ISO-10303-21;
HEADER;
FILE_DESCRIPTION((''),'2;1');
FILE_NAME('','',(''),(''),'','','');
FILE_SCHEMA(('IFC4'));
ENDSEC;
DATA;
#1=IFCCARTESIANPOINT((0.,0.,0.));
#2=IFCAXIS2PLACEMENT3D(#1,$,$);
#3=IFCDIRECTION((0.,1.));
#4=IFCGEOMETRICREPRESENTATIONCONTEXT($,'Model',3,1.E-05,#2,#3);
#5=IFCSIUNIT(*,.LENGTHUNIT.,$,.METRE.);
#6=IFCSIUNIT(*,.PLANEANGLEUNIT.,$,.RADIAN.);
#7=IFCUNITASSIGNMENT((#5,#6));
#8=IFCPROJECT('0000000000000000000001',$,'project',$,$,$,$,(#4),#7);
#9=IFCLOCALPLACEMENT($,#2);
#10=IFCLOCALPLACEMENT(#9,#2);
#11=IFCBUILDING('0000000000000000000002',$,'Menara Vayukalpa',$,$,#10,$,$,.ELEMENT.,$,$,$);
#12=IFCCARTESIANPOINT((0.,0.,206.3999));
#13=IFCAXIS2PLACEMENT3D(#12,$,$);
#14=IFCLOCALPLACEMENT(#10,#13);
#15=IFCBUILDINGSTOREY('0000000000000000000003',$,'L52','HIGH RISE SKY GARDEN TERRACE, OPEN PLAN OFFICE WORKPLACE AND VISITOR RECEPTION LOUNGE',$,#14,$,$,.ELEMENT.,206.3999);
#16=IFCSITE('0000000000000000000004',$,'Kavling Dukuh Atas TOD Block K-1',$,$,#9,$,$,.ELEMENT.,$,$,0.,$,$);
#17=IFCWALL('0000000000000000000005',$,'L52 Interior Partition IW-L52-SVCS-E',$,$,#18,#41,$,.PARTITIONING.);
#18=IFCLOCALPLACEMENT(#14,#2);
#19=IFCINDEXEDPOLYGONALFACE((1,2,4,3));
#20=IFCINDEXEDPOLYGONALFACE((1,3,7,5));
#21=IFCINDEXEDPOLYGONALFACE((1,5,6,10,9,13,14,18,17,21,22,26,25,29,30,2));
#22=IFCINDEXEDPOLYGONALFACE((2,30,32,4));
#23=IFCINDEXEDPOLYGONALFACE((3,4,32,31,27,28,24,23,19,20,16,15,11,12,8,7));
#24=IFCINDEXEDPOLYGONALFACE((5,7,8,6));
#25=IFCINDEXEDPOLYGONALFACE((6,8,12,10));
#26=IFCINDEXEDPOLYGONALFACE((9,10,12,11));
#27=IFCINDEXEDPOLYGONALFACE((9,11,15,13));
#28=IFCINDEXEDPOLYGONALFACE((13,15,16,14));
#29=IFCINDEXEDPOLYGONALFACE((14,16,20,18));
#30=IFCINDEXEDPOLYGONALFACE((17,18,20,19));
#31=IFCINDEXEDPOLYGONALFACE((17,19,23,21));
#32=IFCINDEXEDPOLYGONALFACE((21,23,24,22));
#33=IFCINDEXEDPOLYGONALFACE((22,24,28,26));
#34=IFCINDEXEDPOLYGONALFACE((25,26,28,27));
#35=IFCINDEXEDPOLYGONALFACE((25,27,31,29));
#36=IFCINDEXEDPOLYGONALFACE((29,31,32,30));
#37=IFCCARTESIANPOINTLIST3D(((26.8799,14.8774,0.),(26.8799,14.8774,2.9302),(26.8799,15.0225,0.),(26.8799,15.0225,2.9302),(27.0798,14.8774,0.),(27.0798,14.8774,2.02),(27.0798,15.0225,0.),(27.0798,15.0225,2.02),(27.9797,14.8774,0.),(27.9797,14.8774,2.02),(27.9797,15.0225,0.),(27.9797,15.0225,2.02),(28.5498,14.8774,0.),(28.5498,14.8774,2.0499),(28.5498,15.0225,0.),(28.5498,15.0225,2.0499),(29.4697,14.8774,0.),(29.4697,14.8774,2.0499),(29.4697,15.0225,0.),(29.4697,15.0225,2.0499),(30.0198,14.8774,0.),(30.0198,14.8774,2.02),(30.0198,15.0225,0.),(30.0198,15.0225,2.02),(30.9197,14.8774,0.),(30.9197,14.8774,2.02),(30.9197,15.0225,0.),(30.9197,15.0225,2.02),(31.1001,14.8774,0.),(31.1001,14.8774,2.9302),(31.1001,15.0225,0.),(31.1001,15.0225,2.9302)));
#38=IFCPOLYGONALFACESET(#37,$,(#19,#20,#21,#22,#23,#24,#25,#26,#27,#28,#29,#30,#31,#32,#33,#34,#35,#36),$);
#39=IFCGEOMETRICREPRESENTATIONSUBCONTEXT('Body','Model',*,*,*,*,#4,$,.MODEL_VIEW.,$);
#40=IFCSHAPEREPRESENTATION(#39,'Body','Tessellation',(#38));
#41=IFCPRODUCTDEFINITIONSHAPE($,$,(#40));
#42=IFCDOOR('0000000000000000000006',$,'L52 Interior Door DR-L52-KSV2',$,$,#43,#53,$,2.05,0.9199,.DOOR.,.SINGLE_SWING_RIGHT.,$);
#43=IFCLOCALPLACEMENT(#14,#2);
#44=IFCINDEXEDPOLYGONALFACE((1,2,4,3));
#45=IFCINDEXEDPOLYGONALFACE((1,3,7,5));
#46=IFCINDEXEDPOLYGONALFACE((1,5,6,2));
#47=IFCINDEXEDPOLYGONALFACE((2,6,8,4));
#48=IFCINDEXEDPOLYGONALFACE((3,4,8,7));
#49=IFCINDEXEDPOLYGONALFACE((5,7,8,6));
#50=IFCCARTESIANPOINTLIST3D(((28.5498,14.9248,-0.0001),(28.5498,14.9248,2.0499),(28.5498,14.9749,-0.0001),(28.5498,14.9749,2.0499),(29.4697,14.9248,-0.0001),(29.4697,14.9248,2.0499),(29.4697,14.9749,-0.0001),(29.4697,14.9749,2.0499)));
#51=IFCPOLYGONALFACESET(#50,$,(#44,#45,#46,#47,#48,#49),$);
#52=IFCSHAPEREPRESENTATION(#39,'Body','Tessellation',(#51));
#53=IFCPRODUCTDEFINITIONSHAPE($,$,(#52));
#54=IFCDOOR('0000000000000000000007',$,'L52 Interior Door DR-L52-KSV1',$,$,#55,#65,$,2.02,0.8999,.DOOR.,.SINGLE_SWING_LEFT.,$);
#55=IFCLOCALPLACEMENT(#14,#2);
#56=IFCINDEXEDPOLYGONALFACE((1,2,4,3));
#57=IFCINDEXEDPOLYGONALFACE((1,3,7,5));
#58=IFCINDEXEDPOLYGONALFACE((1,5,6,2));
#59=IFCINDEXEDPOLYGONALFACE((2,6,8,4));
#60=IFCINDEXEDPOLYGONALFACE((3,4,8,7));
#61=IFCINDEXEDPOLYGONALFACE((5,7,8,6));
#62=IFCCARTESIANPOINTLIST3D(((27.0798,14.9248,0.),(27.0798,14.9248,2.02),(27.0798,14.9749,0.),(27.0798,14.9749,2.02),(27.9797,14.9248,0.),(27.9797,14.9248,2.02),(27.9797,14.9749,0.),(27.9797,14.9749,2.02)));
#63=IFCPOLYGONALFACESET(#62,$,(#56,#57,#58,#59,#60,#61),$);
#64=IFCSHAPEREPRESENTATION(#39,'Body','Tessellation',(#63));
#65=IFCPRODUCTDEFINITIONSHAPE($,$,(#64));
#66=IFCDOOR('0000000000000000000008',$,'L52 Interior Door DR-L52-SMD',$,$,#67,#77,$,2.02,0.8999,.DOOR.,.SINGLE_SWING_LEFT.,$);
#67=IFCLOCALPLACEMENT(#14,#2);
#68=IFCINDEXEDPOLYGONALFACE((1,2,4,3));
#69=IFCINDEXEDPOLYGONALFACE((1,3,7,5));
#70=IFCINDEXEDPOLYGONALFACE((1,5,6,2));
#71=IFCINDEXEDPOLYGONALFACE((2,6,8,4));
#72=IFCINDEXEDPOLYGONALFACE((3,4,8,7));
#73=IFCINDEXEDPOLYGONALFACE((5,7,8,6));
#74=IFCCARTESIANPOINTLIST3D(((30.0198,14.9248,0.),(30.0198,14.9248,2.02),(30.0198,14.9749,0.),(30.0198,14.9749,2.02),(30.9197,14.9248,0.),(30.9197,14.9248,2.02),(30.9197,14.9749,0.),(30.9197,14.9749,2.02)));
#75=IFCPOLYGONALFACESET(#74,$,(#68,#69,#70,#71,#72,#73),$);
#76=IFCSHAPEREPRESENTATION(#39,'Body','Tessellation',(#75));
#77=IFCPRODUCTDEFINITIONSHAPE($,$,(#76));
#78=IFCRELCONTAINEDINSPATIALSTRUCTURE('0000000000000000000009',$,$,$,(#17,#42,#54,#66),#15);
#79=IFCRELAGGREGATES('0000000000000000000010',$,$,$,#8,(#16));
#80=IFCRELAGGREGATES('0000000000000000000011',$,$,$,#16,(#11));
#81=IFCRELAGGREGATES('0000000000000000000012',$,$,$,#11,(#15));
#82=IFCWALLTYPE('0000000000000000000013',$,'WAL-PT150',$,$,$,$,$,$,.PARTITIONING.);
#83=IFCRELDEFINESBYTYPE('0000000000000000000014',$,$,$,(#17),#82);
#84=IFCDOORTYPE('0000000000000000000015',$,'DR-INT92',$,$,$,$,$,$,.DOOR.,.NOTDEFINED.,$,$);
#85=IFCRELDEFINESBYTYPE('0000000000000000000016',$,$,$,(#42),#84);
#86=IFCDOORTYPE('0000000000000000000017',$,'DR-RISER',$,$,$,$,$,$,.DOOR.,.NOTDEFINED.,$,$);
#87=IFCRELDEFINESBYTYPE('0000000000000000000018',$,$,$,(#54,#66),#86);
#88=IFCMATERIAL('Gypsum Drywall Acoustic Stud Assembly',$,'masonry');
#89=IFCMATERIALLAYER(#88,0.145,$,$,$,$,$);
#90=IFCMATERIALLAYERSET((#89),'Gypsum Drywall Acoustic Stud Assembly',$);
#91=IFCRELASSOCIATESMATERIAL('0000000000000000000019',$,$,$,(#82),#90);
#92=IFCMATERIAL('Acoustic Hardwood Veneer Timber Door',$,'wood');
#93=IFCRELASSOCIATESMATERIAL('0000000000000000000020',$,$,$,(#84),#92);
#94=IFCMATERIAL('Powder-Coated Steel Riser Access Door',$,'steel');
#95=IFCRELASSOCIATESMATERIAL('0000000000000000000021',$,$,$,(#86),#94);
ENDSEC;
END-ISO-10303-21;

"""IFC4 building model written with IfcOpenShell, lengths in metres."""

from ifc_helpers import new_model, si_unit, direction, frame, frame_2d, origin, place, context, subcontext, project, spatial, rectangle, extrude, material, layer, layer_set, type_object, element, fill, save


model = new_model("IFC4")

# Units and contexts
model_context = context("Model", 3, precision=1e-05, world=origin(), true_north=direction((0.0, 1.0)))
body_context = subcontext(model_context, "Body", "Model", "MODEL_VIEW")
ifc_project = project(units=[si_unit("LENGTHUNIT", "METRE"), si_unit("PLANEANGLEUNIT", "RADIAN")], contexts=[model_context])

# Site, building, storey
site_placement = place(None, origin())
site = spatial("IfcSite", under=ifc_project, at=site_placement, Name="Kavling Dukuh Atas TOD Block K-1", CompositionType="ELEMENT", RefElevation=0.0)
building_placement = place(site_placement, origin())
building = spatial("IfcBuilding", under=site, at=building_placement, Name="Menara Vayukalpa", CompositionType="ELEMENT")
storey_placement = place(building_placement, frame((0.0, 0.0, 206.3999)))
storey = spatial("IfcBuildingStorey", under=building, at=storey_placement, Name="L52", Description="HIGH RISE SKY GARDEN TERRACE, OPEN PLAN OFFICE WORKPLACE AND VISITOR RECEPTION LOUNGE", CompositionType="ELEMENT", Elevation=206.3999)

# Wall, openings, doors
ifc_material_1 = material(Name="Gypsum Drywall Acoustic Stud Assembly", Category="masonry")
ifc_layer_1 = layer(ifc_material_1, 0.145)
ifc_layer_set_1 = layer_set([ifc_layer_1], Name="Gypsum Drywall Acoustic Stud Assembly")
wall_type_1 = type_object("IfcWallType", Name="WAL-PT150", PredefinedType="PARTITIONING", material=ifc_layer_set_1)
wall_1_placement = place(storey_placement, frame((26.8799, 14.95, 0.0), z_axis=(0.0, 0.0, 1.0), x_axis=(1.0, 0.0, 0.0)))
wall_1 = element("IfcWall", 1, at=wall_1_placement, inside=storey, type_object=wall_type_1, Name="L52 Interior Partition IW-L52-SVCS-E", PredefinedType="PARTITIONING", context=body_context, shape_type="SweptSolid", body=[
    extrude(rectangle(XDim=4.2202, YDim=0.145, at=frame_2d((2.1101, 0.0))), origin(), (0.0, 0.0, 1.0), 2.9302),
])
opening_1_placement = place(wall_1_placement, frame((0.2, 0.0, 0.0)))
opening_1 = element("IfcOpeningElement", 2, at=opening_1_placement, cuts=wall_1, PredefinedType="OPENING", context=body_context, shape_type="SweptSolid", body=[
    extrude(rectangle(XDim=0.8999, YDim=2.02, at=frame_2d((0.45, 1.01))), frame((0.0, 0.0825, 0.0), z_axis=(0.0, -1.0, 0.0), x_axis=(1.0, 0.0, 0.0)), (0.0, 0.0, 1.0), 0.165),
])
opening_2_placement = place(wall_1_placement, frame((1.6699, 0.0, 0.0)))
opening_2 = element("IfcOpeningElement", 3, at=opening_2_placement, cuts=wall_1, PredefinedType="OPENING", context=body_context, shape_type="SweptSolid", body=[
    extrude(rectangle(XDim=0.9199, YDim=2.05, at=frame_2d((0.46, 1.0249))), frame((0.0, 0.0825, 0.0), z_axis=(0.0, -1.0, 0.0), x_axis=(1.0, 0.0, 0.0)), (0.0, 0.0, 1.0), 0.165),
])
opening_3_placement = place(wall_1_placement, frame((3.1399, 0.0, 0.0)))
opening_3 = element("IfcOpeningElement", 4, at=opening_3_placement, cuts=wall_1, PredefinedType="OPENING", context=body_context, shape_type="SweptSolid", body=[
    extrude(rectangle(XDim=0.8999, YDim=2.02, at=frame_2d((0.45, 1.01))), frame((0.0, 0.0825, 0.0), z_axis=(0.0, -1.0, 0.0), x_axis=(1.0, 0.0, 0.0)), (0.0, 0.0, 1.0), 0.165),
])
ifc_material_2 = material(Name="Acoustic Hardwood Veneer Timber Door", Category="wood")
door_type_1 = type_object("IfcDoorType", Name="DR-INT92", OperationType="NOTDEFINED", PredefinedType="DOOR", material=ifc_material_2)
door_1_placement = place(opening_2_placement, origin())
door_1 = element("IfcDoor", 5, at=door_1_placement, inside=storey, type_object=door_type_1, Name="L52 Interior Door DR-L52-KSV2", OperationType="SINGLE_SWING_RIGHT", OverallHeight=2.05, OverallWidth=0.9199, PredefinedType="DOOR", context=body_context, shape_type="SweptSolid", body=[
    extrude(rectangle(XDim=0.9199, YDim=2.05, at=frame_2d((0.46, 1.0249))), frame((0.0, 0.0249, 0.0), z_axis=(0.0, -1.0, 0.0), x_axis=(1.0, 0.0, 0.0)), (0.0, 0.0, 1.0), 0.05),
])
fill(opening_2, door_1)
ifc_material_3 = material(Name="Powder-Coated Steel Riser Access Door", Category="steel")
door_type_2 = type_object("IfcDoorType", Name="DR-RISER", OperationType="NOTDEFINED", PredefinedType="DOOR", material=ifc_material_3)
door_2_placement = place(opening_1_placement, origin())
door_2 = element("IfcDoor", 6, at=door_2_placement, inside=storey, type_object=door_type_2, Name="L52 Interior Door DR-L52-KSV1", OperationType="SINGLE_SWING_LEFT", OverallHeight=2.02, OverallWidth=0.8999, PredefinedType="DOOR", context=body_context, shape_type="SweptSolid", body=[
    extrude(rectangle(XDim=0.8999, YDim=2.02, at=frame_2d((0.45, 1.01))), frame((0.0, 0.0249, 0.0), z_axis=(0.0, -1.0, 0.0), x_axis=(1.0, 0.0, 0.0)), (0.0, 0.0, 1.0), 0.05),
])
fill(opening_1, door_2)
door_3_placement = place(opening_3_placement, origin())
door_3 = element("IfcDoor", 7, at=door_3_placement, inside=storey, type_object=door_type_2, Name="L52 Interior Door DR-L52-SMD", OperationType="SINGLE_SWING_LEFT", OverallHeight=2.02, OverallWidth=0.8999, PredefinedType="DOOR", context=body_context, shape_type="SweptSolid", body=[
    extrude(rectangle(XDim=0.8999, YDim=2.02, at=frame_2d((0.45, 1.01))), frame((0.0, 0.0249, 0.0), z_axis=(0.0, -1.0, 0.0), x_axis=(1.0, 0.0, 0.0)), (0.0, 0.0, 1.0), 0.05),
])
fill(opening_3, door_3)

save(model, "model.ifc")
